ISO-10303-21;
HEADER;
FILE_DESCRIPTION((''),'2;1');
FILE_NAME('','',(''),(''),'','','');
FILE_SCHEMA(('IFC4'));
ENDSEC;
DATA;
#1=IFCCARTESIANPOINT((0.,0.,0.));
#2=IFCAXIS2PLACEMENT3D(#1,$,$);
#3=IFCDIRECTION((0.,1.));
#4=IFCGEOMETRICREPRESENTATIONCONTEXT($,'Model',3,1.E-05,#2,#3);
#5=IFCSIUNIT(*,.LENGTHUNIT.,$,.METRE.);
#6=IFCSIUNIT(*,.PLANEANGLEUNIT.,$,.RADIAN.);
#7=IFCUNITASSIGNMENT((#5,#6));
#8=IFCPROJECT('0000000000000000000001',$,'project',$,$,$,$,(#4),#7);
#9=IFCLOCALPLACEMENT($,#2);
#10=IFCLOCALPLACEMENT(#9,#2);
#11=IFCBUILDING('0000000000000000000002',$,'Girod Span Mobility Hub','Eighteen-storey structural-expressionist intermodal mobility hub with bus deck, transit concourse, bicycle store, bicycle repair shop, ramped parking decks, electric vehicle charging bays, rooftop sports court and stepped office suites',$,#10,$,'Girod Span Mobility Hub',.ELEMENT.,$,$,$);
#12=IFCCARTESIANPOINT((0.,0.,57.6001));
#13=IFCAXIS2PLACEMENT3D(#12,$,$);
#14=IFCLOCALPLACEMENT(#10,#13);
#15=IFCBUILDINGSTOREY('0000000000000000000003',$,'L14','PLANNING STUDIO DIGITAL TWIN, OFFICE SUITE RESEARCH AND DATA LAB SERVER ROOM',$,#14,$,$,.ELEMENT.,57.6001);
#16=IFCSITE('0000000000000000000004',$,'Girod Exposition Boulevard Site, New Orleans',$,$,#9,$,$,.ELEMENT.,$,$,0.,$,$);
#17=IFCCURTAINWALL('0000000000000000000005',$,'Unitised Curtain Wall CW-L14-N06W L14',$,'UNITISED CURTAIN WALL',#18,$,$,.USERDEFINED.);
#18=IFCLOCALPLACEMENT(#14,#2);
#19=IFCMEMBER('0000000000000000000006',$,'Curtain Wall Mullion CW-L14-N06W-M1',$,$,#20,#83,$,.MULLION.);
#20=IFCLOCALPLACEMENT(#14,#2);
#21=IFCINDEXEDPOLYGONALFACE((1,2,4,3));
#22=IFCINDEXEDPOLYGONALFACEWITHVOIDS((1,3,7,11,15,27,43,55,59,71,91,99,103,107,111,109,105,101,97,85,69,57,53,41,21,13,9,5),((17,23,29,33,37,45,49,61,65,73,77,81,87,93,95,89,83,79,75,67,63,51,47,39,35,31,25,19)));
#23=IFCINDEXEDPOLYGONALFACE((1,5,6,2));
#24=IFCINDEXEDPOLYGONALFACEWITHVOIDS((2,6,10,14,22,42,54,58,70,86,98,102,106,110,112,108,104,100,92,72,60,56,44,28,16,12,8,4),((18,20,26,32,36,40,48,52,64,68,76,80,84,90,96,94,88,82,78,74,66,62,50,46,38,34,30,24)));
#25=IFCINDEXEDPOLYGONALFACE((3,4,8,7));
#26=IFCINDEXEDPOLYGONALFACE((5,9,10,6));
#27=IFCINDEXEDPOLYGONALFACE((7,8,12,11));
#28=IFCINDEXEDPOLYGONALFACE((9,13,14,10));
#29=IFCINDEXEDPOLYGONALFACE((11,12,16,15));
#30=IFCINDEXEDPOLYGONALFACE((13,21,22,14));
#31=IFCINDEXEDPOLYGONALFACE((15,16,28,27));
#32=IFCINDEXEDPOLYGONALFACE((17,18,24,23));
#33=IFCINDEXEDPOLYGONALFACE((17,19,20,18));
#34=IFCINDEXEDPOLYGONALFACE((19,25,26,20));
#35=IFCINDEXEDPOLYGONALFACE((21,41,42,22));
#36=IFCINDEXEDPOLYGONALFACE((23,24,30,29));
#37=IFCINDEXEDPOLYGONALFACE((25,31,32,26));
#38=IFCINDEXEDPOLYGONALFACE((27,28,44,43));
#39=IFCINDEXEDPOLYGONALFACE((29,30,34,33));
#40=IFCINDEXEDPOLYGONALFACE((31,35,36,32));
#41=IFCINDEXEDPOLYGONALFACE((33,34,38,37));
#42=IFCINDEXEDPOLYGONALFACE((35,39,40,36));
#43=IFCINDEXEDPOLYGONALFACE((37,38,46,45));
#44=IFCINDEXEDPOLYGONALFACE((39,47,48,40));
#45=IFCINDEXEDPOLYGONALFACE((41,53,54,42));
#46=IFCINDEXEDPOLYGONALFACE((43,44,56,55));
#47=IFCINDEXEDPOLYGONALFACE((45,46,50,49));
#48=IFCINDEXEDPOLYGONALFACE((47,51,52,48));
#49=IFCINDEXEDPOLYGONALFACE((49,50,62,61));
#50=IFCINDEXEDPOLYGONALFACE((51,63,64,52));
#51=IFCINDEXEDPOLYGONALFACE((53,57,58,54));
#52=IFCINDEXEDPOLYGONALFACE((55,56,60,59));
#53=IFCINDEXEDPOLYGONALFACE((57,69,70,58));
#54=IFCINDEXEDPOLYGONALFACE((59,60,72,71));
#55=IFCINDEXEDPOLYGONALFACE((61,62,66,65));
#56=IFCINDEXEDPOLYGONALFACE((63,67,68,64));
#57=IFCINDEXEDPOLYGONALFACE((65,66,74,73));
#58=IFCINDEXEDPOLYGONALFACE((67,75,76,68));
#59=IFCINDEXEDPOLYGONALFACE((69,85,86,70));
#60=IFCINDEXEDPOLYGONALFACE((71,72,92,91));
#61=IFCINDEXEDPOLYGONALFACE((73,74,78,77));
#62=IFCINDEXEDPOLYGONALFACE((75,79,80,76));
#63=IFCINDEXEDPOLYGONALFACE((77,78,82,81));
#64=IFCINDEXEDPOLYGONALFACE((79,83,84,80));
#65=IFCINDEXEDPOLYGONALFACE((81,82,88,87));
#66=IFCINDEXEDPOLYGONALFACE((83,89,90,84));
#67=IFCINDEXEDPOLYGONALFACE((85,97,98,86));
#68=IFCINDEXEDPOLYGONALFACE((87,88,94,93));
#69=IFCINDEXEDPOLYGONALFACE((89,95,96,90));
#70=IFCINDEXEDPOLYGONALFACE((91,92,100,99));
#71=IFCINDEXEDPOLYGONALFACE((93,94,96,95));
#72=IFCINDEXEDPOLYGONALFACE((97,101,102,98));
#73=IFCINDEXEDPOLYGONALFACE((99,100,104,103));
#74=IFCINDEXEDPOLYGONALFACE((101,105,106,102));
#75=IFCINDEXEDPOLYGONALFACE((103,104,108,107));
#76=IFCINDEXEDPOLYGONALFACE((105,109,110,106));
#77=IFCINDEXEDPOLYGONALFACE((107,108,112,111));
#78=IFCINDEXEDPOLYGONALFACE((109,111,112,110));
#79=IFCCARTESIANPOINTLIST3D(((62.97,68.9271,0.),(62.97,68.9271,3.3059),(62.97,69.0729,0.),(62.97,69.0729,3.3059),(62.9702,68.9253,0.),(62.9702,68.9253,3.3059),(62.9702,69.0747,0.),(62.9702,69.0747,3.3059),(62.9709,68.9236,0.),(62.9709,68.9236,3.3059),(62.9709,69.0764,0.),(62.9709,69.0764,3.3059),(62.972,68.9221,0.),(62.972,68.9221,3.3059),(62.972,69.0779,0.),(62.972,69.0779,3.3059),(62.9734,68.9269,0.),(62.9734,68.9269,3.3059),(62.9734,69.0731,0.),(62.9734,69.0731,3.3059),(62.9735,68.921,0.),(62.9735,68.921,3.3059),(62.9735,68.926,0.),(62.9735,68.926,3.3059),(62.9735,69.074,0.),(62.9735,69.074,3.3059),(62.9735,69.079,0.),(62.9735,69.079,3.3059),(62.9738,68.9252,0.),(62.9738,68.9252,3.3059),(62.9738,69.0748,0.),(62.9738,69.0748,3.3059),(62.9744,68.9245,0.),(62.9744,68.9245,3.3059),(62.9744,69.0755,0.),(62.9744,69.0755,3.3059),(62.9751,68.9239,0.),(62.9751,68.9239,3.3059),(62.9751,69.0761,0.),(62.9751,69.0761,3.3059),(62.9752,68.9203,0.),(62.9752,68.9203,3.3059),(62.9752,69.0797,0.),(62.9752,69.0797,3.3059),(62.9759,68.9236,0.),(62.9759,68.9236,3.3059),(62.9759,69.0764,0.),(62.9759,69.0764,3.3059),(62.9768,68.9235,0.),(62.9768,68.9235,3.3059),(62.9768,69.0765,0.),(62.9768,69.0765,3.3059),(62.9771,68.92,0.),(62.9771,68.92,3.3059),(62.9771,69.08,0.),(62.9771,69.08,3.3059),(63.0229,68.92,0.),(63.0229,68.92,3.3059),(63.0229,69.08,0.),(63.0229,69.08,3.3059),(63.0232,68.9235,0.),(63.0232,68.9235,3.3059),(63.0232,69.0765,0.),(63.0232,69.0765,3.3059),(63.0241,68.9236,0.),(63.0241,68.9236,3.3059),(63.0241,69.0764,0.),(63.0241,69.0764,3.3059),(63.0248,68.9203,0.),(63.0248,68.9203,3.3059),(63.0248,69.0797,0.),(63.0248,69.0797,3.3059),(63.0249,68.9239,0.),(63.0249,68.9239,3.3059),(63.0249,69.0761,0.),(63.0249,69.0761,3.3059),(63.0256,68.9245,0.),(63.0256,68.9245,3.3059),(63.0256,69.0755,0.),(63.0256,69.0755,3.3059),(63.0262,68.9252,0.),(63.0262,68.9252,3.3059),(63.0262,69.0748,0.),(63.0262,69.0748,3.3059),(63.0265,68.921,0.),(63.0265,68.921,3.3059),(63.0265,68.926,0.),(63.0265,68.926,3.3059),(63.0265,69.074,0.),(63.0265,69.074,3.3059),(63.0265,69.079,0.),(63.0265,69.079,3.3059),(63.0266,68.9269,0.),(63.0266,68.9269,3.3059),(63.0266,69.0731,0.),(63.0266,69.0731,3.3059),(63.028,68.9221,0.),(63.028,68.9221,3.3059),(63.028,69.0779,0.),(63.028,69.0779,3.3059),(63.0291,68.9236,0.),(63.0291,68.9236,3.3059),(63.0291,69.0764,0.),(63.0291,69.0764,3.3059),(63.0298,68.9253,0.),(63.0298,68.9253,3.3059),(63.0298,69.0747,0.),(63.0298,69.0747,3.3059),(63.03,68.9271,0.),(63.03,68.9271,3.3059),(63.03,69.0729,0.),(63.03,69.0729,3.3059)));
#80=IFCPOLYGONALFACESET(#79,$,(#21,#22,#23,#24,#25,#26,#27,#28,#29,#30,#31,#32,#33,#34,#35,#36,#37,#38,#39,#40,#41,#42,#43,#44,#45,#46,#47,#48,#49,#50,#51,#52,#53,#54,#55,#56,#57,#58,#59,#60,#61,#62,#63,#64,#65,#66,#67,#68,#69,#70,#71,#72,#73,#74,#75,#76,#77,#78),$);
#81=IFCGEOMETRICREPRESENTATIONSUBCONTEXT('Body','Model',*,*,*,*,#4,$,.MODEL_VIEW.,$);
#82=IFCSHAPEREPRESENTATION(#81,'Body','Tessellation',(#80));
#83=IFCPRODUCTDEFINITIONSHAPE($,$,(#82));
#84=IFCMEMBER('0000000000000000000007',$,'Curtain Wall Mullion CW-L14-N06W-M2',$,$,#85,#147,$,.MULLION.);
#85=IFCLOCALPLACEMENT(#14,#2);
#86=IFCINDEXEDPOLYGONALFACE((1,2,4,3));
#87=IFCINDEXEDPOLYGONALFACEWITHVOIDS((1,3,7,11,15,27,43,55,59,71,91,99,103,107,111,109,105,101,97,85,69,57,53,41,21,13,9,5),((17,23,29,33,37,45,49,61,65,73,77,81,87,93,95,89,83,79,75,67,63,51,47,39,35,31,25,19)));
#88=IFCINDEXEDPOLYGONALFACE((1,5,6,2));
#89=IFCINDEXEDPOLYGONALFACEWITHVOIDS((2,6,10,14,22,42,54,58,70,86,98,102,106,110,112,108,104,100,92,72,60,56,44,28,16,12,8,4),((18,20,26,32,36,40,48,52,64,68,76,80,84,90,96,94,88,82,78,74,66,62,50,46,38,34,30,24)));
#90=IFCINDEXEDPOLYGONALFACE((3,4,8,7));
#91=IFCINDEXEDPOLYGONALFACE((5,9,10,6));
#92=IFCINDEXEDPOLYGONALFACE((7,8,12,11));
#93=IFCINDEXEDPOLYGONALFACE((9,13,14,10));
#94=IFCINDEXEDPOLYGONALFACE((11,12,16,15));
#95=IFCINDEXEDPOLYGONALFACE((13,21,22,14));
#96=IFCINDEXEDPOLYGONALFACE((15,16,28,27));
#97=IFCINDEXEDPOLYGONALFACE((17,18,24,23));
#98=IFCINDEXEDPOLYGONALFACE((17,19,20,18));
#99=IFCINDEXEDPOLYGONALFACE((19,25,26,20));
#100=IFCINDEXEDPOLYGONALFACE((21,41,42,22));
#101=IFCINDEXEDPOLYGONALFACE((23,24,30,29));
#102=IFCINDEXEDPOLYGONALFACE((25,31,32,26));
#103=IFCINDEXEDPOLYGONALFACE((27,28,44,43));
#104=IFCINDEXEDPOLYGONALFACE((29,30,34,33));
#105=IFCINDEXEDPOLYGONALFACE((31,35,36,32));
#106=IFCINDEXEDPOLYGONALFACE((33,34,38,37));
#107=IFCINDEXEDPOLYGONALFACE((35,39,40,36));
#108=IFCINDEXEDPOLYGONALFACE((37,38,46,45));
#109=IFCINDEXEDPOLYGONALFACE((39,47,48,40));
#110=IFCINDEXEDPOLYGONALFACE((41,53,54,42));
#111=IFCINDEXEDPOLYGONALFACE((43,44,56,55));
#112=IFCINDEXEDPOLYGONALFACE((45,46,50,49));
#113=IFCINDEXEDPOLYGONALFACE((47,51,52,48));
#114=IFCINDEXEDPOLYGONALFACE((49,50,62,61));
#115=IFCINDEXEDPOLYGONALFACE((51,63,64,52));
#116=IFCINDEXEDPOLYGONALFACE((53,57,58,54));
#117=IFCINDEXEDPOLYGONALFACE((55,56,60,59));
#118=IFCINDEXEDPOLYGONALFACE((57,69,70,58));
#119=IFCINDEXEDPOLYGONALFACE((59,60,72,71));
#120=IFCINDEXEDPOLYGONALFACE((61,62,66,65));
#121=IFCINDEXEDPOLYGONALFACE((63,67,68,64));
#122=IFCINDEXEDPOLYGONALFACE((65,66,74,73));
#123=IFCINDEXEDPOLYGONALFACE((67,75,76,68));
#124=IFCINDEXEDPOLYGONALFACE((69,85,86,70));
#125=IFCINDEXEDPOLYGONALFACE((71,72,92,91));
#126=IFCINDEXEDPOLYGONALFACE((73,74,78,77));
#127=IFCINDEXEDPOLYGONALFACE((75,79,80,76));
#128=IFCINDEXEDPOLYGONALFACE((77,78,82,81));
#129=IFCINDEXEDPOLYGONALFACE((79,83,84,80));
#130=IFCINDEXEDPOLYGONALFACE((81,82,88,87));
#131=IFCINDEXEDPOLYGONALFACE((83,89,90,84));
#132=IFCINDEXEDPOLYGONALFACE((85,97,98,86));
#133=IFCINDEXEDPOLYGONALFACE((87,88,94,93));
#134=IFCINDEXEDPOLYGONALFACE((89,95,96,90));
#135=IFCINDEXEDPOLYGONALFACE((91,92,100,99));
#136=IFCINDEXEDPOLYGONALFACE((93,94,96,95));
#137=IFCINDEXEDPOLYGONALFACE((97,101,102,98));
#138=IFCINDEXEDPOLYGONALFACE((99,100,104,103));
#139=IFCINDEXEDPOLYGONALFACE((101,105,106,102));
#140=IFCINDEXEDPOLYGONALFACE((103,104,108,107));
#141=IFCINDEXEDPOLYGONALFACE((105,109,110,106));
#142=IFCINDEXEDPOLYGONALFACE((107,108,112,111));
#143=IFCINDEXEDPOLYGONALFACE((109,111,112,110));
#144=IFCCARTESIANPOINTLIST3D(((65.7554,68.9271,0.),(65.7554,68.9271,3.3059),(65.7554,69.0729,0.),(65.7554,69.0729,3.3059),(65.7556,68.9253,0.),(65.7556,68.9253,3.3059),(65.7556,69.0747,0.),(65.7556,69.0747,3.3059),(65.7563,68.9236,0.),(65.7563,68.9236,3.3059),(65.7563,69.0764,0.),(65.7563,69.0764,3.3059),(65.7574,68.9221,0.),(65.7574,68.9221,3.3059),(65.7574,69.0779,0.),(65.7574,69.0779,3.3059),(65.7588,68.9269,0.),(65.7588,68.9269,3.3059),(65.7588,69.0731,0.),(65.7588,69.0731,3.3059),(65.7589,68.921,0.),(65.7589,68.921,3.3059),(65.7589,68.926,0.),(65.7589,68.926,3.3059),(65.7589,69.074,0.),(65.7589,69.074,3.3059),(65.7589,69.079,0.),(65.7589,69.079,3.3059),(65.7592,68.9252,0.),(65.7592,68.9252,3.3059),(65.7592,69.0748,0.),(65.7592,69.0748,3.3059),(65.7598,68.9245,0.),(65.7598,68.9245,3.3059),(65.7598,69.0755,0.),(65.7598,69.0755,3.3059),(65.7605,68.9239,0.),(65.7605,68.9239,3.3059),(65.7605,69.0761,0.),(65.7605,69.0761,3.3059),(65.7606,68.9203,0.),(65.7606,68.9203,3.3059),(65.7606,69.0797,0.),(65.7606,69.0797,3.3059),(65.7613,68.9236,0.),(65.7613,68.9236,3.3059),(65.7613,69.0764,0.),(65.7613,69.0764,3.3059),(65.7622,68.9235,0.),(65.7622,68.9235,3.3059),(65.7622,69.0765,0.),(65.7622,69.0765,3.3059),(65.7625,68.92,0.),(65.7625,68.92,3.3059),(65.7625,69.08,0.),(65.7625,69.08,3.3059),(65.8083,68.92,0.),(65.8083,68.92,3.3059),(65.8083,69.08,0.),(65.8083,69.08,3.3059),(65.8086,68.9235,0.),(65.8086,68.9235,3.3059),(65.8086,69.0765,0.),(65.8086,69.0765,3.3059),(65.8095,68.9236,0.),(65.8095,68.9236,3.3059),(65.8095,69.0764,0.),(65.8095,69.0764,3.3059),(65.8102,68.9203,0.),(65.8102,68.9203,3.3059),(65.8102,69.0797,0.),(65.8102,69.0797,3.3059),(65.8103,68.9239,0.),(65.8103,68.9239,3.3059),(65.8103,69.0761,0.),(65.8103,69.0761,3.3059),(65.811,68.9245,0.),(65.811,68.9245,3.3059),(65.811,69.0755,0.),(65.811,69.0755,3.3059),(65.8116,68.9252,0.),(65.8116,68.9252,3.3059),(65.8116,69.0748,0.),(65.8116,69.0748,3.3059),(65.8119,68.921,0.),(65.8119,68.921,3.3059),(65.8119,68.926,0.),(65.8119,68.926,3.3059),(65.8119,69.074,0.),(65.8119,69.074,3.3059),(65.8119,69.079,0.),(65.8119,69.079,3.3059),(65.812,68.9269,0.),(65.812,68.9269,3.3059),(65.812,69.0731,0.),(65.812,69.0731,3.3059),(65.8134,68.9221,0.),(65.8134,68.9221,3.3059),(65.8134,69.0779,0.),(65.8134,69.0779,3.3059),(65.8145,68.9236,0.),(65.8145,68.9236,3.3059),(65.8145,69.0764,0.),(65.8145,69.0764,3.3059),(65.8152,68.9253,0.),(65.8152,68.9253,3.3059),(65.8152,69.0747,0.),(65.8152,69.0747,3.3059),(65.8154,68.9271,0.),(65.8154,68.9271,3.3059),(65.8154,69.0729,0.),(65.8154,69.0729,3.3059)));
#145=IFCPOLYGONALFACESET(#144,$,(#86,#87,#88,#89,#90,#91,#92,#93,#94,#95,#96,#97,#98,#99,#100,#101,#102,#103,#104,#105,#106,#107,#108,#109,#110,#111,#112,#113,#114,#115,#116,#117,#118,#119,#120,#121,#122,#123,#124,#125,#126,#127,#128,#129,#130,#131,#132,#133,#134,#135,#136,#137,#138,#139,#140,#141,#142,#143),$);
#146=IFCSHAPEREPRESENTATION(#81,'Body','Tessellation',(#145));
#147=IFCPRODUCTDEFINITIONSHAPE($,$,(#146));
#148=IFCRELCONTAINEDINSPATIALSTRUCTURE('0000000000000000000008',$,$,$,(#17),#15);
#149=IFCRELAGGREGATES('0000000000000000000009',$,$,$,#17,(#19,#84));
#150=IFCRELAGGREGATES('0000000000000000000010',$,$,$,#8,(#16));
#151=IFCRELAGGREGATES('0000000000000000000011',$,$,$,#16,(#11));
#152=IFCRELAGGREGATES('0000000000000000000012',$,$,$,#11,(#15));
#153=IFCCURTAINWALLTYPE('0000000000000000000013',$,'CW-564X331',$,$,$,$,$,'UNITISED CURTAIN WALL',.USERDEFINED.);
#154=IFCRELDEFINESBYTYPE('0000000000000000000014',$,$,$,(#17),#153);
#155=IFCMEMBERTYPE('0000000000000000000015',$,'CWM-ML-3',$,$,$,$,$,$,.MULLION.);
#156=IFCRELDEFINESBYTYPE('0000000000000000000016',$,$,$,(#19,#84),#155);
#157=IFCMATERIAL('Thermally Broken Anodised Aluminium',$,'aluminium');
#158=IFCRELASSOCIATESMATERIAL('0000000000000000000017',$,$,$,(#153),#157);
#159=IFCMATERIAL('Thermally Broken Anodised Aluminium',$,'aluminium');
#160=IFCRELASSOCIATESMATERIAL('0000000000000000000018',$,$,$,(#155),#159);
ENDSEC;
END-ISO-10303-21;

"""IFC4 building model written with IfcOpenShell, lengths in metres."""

from ifc_helpers import new_model, si_unit, direction, frame, origin, origin_2d, place, context, subcontext, project, spatial, hollow_rectangle, extrude, material, material_profile, profile_set, type_object, element, aggregate, save


model = new_model("IFC4")

# Units and contexts
model_context = context("Model", 3, precision=1e-05, world=origin(), true_north=direction((0.0, 1.0)))
body_context = subcontext(model_context, "Body", "Model", "MODEL_VIEW")
ifc_project = project(units=[si_unit("LENGTHUNIT", "METRE"), si_unit("PLANEANGLEUNIT", "RADIAN")], contexts=[model_context])

# Site, building, storey
site_placement = place(None, origin())
site = spatial("IfcSite", under=ifc_project, at=site_placement, Name="Girod Exposition Boulevard Site, New Orleans", CompositionType="ELEMENT", RefElevation=0.0)
building_placement = place(site_placement, origin())
building = spatial("IfcBuilding", under=site, at=building_placement, Name="Girod Span Mobility Hub", Description="Eighteen-storey structural-expressionist intermodal mobility hub with bus deck, transit concourse, bicycle store, bicycle repair shop, ramped parking decks, electric vehicle charging bays, rooftop sports court and stepped office suites", LongName="Girod Span Mobility Hub", CompositionType="ELEMENT")
storey_placement = place(building_placement, frame((0.0, 0.0, 57.6001)))
storey = spatial("IfcBuildingStorey", under=building, at=storey_placement, Name="L14", Description="PLANNING STUDIO DIGITAL TWIN, OFFICE SUITE RESEARCH AND DATA LAB SERVER ROOM", CompositionType="ELEMENT", Elevation=57.6001)

# Curtain wall, members
ifc_material_1 = material(Name="Thermally Broken Anodised Aluminium", Category="aluminium")
curtain_wall_type = type_object("IfcCurtainWallType", Name="CW-564X331", ElementType="UNITISED CURTAIN WALL", PredefinedType="USERDEFINED", material=ifc_material_1)
curtain_wall_1_placement = place(storey_placement, origin())
curtain_wall_1 = element("IfcCurtainWall", 1, at=curtain_wall_1_placement, inside=storey, type_object=curtain_wall_type, Name="Unitised Curtain Wall CW-L14-N06W L14", ObjectType="UNITISED CURTAIN WALL", PredefinedType="USERDEFINED")
ifc_material_2 = material(Name="Thermally Broken Anodised Aluminium", Category="aluminium")
ifc_material_profile_1 = material_profile(ifc_material_2, hollow_rectangle(XDim=0.1599, YDim=0.0601, WallThickness=0.0034, InnerFilletRadius=0.0034, OuterFilletRadius=0.0071, at=origin_2d()), Name="CW-ML-60X160")
ifc_profile_set_1 = profile_set([ifc_material_profile_1], Name="Thermally Broken Anodised Aluminium")
member_type_1 = type_object("IfcMemberType", Name="CWM-ML-3", PredefinedType="MULLION", material=ifc_profile_set_1)
member_1_placement = place(storey_placement, frame((63.0, 69.0, 0.0), z_axis=(0.0, 0.0, 1.0), x_axis=(0.0, 1.0, 0.0)))
member_1 = element("IfcMember", 2, at=member_1_placement, type_object=member_type_1, Name="Curtain Wall Mullion CW-L14-N06W-M1", PredefinedType="MULLION", context=body_context, shape_type="SweptSolid", body=[
    extrude(hollow_rectangle(XDim=0.1599, YDim=0.0601, WallThickness=0.0034, InnerFilletRadius=0.0034, OuterFilletRadius=0.0071, at=origin_2d()), origin(), (0.0, 0.0, 1.0), 3.3059),
])
member_2_placement = place(storey_placement, frame((65.7854, 69.0, 0.0), z_axis=(0.0, 0.0, 1.0), x_axis=(0.0, 1.0, 0.0)))
member_2 = element("IfcMember", 3, at=member_2_placement, type_object=member_type_1, Name="Curtain Wall Mullion CW-L14-N06W-M2", PredefinedType="MULLION", context=body_context, shape_type="SweptSolid", body=[
    extrude(hollow_rectangle(XDim=0.1599, YDim=0.0601, WallThickness=0.0034, InnerFilletRadius=0.0034, OuterFilletRadius=0.0071, at=origin_2d()), origin(), (0.0, 0.0, 1.0), 3.3059),
])

aggregate(curtain_wall_1, [member_1, member_2])

save(model, "model.ifc")
